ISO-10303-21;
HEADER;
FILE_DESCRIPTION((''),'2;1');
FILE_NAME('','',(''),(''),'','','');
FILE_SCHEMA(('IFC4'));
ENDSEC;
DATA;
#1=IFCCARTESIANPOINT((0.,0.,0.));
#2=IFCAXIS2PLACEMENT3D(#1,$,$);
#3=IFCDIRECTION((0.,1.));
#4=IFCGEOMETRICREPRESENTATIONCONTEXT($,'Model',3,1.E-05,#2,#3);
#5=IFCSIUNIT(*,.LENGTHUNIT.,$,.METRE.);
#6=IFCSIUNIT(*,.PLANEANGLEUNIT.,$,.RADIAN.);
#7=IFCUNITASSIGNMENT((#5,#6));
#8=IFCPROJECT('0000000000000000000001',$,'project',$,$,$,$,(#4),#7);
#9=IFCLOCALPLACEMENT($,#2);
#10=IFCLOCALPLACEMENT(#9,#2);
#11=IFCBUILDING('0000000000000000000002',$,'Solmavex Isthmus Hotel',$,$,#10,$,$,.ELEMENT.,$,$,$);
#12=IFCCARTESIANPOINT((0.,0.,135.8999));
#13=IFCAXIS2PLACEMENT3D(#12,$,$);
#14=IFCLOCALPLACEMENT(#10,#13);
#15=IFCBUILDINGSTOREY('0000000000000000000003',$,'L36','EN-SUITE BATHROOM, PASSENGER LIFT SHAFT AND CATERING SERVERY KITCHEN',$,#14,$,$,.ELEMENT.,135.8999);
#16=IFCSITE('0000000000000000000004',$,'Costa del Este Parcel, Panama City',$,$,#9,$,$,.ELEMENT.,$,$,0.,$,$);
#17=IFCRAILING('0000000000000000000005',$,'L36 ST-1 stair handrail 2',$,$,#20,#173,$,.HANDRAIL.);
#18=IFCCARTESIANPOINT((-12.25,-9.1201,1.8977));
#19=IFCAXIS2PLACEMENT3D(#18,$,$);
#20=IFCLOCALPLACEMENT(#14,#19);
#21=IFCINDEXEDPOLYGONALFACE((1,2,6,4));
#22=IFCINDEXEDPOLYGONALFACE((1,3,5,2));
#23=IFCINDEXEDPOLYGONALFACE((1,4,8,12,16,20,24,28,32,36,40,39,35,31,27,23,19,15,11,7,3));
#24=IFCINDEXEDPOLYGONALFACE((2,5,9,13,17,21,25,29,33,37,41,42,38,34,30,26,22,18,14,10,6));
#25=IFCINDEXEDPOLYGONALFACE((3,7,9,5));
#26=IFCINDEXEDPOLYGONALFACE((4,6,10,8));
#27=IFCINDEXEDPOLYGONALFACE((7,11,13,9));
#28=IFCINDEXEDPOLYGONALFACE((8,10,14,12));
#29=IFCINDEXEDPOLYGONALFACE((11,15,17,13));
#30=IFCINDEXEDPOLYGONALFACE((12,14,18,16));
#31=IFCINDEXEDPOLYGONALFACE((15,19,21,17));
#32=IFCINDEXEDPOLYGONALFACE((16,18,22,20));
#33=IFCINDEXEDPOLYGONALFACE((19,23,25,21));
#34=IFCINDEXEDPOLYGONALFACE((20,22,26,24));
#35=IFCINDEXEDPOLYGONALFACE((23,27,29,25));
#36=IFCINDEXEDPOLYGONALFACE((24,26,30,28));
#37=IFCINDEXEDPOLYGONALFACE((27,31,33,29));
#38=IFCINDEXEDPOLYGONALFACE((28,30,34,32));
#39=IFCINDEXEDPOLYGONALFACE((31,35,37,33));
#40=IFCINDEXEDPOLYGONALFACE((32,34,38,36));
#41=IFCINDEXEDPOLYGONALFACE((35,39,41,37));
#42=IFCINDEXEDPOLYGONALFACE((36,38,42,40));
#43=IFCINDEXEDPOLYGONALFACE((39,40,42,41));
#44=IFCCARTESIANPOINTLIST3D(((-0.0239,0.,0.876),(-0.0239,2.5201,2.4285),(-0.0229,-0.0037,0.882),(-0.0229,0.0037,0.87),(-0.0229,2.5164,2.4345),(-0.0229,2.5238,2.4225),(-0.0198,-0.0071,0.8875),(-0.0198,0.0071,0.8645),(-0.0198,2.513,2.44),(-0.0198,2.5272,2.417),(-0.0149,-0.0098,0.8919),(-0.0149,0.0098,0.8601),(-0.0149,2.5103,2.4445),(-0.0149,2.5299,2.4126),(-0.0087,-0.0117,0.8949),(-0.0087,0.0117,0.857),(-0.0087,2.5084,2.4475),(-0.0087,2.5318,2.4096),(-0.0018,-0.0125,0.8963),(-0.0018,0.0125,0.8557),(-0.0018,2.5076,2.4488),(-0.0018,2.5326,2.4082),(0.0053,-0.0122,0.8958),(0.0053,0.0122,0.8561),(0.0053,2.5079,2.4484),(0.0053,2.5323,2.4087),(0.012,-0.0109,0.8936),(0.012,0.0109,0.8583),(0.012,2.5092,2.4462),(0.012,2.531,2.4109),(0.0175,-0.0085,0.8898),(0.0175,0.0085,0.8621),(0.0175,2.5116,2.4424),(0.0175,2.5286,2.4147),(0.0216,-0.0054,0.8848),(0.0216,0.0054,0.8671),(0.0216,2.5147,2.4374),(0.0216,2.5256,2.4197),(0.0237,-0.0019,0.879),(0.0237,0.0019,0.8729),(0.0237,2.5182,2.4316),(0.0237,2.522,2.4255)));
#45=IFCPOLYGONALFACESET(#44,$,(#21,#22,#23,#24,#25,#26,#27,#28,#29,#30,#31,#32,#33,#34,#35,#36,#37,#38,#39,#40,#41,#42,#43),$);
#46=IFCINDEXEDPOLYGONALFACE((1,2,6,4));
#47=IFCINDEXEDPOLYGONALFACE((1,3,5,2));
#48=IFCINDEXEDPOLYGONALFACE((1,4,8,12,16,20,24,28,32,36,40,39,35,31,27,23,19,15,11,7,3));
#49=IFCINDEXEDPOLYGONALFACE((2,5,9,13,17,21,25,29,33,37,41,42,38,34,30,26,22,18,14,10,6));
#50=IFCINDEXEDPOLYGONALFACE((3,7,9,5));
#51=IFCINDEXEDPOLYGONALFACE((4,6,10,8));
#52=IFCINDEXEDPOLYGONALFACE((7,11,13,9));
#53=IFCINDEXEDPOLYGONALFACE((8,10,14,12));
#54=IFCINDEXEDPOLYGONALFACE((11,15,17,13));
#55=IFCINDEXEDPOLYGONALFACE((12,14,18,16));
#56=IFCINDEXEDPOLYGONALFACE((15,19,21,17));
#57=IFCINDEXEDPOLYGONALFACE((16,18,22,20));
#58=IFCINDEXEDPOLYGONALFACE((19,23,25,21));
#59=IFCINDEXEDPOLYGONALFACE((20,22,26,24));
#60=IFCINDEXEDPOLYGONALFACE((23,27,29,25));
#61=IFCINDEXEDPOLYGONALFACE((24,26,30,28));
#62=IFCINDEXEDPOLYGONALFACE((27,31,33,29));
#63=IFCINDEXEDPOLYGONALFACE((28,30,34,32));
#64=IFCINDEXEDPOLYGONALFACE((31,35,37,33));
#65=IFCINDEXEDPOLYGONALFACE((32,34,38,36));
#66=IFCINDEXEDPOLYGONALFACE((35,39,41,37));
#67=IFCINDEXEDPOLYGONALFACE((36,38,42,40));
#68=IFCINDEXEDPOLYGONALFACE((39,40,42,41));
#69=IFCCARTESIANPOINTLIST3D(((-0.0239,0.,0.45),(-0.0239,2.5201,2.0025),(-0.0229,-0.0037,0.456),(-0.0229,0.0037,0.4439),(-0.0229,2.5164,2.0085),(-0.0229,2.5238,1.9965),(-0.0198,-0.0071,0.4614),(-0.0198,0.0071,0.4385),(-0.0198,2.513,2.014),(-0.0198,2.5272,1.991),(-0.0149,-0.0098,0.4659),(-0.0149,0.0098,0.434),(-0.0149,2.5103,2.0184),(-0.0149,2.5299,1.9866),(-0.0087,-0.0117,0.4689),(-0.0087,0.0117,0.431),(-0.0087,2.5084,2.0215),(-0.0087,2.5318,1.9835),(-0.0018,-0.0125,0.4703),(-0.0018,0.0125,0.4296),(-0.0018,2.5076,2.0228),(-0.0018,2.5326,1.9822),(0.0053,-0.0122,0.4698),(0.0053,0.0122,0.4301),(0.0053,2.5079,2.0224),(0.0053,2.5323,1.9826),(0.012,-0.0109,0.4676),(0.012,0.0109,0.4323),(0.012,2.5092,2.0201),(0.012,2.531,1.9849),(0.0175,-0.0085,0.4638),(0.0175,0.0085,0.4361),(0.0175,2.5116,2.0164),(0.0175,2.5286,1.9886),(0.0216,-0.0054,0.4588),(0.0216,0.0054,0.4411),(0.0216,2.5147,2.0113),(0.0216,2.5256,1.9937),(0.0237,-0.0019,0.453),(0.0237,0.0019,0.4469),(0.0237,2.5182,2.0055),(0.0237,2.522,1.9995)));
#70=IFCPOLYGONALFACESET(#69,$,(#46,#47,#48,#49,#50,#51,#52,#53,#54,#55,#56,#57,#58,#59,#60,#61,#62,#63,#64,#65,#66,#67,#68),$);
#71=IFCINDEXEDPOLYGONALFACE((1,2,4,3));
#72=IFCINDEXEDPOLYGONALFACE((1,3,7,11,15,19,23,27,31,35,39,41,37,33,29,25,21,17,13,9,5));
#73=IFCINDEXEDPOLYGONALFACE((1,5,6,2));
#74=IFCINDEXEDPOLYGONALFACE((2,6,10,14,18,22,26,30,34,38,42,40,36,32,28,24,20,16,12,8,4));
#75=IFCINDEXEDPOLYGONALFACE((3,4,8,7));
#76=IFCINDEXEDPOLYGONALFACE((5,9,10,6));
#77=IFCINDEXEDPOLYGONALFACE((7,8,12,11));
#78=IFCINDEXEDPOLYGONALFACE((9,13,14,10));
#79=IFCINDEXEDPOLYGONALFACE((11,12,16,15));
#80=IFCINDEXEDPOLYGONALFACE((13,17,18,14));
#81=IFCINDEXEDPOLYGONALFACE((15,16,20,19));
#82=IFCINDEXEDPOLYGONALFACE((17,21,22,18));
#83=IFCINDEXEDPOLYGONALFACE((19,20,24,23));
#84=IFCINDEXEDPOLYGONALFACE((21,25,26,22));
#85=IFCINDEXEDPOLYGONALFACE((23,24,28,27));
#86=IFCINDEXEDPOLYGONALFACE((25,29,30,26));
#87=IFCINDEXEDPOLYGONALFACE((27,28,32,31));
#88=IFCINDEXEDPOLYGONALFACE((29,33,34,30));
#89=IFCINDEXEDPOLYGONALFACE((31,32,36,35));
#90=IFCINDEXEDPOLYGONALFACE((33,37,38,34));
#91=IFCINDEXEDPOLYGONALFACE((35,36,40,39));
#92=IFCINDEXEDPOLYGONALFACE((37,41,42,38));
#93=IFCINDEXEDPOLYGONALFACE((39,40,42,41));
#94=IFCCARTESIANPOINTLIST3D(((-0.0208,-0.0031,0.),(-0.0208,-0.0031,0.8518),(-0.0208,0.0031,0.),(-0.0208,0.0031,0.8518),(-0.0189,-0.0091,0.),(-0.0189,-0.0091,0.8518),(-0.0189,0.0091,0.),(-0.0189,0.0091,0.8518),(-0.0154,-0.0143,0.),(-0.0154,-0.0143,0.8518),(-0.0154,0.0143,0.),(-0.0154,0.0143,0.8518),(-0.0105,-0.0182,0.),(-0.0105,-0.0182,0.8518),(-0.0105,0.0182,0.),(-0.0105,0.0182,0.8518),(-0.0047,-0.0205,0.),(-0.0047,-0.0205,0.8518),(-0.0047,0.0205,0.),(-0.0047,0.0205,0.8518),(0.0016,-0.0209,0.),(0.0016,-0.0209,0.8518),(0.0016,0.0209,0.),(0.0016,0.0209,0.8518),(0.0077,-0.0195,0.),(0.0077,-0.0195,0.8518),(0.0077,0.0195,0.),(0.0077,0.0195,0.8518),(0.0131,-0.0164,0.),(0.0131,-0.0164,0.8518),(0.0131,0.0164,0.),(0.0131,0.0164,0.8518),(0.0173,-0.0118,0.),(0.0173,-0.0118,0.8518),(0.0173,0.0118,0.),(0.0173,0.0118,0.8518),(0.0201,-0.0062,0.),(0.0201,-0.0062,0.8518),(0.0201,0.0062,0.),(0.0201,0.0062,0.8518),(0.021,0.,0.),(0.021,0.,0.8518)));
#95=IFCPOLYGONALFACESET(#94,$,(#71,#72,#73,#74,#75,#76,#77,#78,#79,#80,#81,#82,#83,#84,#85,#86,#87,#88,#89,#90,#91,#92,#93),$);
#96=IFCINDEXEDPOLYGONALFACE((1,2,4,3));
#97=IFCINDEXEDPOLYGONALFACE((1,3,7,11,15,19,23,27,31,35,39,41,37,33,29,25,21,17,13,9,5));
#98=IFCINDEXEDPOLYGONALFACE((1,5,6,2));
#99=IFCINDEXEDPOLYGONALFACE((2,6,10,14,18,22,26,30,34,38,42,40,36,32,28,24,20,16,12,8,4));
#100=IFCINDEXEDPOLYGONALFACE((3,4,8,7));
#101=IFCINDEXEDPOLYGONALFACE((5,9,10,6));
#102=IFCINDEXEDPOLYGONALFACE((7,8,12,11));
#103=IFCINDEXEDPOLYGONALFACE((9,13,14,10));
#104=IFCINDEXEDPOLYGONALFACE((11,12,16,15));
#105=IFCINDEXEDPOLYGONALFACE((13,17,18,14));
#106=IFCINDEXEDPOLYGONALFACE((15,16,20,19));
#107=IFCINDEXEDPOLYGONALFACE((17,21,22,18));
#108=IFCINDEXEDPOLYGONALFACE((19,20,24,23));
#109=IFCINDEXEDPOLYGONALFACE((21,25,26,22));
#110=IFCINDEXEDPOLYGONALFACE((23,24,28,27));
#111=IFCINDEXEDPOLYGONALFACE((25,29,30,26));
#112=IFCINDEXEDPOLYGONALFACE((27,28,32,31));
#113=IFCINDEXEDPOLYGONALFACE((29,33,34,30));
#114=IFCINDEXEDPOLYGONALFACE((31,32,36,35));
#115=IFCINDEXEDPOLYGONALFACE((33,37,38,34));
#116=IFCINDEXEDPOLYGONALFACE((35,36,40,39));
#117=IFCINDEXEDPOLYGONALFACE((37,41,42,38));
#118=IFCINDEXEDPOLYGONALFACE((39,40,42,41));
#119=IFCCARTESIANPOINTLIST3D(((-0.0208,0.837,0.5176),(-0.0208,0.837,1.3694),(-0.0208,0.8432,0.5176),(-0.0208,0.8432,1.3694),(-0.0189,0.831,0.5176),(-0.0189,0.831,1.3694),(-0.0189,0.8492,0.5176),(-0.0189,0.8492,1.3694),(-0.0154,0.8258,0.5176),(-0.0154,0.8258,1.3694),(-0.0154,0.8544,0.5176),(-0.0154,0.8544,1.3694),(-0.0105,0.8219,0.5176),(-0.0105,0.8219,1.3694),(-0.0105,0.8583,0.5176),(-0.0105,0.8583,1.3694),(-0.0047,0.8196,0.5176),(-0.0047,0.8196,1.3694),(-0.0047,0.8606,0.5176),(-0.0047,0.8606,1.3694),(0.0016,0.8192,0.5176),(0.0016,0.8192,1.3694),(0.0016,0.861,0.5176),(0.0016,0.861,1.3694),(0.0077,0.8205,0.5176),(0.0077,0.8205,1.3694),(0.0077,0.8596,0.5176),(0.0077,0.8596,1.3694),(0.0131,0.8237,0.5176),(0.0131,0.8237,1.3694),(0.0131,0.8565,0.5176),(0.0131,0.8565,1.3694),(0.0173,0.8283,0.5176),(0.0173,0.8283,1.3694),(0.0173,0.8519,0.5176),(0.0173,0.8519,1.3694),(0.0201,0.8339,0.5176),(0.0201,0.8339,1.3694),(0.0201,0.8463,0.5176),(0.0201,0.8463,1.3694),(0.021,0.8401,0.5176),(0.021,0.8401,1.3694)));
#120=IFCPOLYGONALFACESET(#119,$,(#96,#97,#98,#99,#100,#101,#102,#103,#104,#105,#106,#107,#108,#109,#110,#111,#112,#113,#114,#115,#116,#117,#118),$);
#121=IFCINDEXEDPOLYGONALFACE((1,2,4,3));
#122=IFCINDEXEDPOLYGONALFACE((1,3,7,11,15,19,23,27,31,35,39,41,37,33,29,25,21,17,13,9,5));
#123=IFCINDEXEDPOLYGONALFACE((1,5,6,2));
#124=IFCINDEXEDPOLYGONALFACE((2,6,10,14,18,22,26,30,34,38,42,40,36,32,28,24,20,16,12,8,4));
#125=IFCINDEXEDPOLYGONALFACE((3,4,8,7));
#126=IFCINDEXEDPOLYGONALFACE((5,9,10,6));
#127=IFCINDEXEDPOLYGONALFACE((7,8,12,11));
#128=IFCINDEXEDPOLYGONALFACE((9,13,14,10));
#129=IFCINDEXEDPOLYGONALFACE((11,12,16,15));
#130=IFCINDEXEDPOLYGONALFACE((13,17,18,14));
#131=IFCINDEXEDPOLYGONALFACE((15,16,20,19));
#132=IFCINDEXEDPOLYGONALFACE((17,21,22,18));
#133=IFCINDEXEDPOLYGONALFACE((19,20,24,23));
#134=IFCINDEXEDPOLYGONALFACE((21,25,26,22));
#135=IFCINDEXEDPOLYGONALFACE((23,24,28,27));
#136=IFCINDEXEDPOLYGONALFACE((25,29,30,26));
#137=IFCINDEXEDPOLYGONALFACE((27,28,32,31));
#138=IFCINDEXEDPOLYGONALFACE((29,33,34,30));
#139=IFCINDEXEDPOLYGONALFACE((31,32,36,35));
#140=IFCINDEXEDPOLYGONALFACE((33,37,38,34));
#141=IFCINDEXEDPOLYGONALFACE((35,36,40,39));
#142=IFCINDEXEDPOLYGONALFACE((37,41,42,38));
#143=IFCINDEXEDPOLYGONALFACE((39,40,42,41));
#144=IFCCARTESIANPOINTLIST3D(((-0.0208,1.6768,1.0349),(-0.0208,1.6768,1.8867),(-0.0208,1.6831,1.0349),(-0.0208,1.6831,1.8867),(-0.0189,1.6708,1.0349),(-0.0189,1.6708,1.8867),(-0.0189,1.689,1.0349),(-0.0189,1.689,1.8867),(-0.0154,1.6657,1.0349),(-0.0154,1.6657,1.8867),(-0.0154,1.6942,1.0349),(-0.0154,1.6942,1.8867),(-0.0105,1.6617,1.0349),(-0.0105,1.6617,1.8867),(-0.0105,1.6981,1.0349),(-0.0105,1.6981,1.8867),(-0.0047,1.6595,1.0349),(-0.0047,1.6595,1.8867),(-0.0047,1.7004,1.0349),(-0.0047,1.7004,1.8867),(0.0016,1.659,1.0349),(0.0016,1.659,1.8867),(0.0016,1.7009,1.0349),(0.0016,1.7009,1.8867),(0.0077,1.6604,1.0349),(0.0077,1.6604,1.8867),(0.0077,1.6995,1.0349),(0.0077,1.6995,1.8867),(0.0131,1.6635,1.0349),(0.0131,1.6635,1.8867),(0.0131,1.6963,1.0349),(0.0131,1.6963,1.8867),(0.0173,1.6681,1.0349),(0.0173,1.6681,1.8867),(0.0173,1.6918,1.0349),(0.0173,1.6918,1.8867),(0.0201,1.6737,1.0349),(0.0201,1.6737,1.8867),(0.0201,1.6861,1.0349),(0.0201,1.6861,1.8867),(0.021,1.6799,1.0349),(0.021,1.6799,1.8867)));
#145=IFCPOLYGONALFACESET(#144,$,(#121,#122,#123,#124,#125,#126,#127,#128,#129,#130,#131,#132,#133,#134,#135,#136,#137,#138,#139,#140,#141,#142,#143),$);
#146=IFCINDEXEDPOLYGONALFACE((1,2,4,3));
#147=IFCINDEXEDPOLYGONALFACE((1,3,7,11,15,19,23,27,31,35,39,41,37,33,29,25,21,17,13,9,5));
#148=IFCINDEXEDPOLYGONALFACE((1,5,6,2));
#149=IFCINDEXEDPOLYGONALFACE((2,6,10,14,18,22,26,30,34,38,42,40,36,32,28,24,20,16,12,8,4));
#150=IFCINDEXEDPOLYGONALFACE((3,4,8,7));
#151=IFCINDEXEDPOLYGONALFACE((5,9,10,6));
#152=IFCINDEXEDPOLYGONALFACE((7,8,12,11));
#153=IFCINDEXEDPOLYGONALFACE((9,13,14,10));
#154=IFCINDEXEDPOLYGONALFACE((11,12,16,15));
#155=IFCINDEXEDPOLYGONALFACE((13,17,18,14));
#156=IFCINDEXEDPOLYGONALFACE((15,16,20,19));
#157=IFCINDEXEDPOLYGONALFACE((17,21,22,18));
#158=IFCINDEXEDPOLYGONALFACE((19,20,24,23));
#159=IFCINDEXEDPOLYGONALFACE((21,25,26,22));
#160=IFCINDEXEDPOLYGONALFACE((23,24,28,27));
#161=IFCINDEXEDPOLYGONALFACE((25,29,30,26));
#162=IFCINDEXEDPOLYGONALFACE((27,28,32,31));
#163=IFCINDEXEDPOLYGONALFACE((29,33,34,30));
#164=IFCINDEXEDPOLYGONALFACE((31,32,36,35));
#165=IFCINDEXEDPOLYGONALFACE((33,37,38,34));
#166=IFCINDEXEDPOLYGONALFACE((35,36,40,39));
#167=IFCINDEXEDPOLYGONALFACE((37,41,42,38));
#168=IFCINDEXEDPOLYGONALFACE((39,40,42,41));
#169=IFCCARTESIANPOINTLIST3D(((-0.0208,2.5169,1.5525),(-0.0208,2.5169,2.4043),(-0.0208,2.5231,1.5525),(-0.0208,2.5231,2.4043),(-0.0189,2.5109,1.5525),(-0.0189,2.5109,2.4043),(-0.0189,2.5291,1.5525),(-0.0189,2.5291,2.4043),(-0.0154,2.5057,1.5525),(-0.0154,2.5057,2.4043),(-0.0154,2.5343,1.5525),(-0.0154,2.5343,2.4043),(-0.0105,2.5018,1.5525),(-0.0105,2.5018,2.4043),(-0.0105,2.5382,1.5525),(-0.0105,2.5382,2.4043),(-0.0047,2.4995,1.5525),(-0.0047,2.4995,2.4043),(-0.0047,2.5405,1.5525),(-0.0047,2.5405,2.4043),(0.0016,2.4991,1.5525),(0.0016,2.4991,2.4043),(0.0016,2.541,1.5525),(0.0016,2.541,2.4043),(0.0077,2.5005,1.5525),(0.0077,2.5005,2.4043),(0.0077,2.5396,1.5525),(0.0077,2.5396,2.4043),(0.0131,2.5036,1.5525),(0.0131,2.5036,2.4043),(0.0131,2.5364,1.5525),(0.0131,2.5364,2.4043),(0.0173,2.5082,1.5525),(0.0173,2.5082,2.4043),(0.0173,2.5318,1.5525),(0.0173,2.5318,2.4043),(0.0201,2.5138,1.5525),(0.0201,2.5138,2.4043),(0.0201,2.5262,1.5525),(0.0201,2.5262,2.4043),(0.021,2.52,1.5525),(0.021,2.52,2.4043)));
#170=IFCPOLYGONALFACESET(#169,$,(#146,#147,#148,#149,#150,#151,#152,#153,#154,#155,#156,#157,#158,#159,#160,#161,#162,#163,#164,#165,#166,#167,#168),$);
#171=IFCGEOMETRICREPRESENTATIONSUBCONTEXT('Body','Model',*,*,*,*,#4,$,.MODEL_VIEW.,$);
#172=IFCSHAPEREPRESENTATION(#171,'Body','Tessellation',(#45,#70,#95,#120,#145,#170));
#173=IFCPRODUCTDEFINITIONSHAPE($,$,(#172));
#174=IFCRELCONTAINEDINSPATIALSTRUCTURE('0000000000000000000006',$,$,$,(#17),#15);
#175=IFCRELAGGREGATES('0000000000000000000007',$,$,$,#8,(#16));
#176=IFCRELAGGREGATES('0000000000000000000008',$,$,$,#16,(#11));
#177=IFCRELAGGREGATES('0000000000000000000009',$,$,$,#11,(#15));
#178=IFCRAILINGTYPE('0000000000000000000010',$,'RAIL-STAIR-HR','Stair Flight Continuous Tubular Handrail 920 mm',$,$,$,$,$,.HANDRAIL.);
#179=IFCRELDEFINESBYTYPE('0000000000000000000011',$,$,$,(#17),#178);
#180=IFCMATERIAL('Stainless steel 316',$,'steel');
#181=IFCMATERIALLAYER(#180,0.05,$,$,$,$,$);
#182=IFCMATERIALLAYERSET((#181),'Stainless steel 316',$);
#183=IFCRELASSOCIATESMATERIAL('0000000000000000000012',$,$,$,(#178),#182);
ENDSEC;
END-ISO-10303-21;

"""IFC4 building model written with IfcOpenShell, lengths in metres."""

from ifc_helpers import new_model, si_unit, direction, frame, origin, origin_2d, place, context, subcontext, project, spatial, circle, extrude, material, layer, layer_set, type_object, element, save


model = new_model("IFC4")

# Units and contexts
model_context = context("Model", 3, precision=1e-05, world=origin(), true_north=direction((0.0, 1.0)))
body_context = subcontext(model_context, "Body", "Model", "MODEL_VIEW")
ifc_project = project(units=[si_unit("LENGTHUNIT", "METRE"), si_unit("PLANEANGLEUNIT", "RADIAN")], contexts=[model_context])

# Site, building, storey
site_placement = place(None, origin())
site = spatial("IfcSite", under=ifc_project, at=site_placement, Name="Costa del Este Parcel, Panama City", CompositionType="ELEMENT", RefElevation=0.0)
building_placement = place(site_placement, origin())
building = spatial("IfcBuilding", under=site, at=building_placement, Name="Solmavex Isthmus Hotel", CompositionType="ELEMENT")
storey_placement = place(building_placement, frame((0.0, 0.0, 135.8999)))
storey = spatial("IfcBuildingStorey", under=building, at=storey_placement, Name="L36", Description="EN-SUITE BATHROOM, PASSENGER LIFT SHAFT AND CATERING SERVERY KITCHEN", CompositionType="ELEMENT", Elevation=135.8999)

# Shared definitions
ifc_material_1 = material(Name="Stainless steel 316", Category="steel")

# Railing
ifc_layer_1 = layer(ifc_material_1, 0.05)
ifc_layer_set_1 = layer_set([ifc_layer_1], Name="Stainless steel 316")
railing_type = type_object("IfcRailingType", Name="RAIL-STAIR-HR", Description="Stair Flight Continuous Tubular Handrail 920 mm", PredefinedType="HANDRAIL", material=ifc_layer_set_1)
railing_placement = place(storey_placement, frame((-12.25, -9.1201, 1.8977)))
element("IfcRailing", 1, at=railing_placement, inside=storey, type_object=railing_type, Name="L36 ST-1 stair handrail 2", PredefinedType="HANDRAIL", context=body_context, shape_type="SweptSolid", body=[
    extrude(circle(Radius=0.0239, at=origin_2d()), frame((0.0, 0.0, 0.876), z_axis=(0.0, 0.8514, 0.524516), x_axis=(-1.0, 0.0, 0.0)), (0.0, 0.0, 1.0), 2.96),
    extrude(circle(Radius=0.0239, at=origin_2d()), frame((0.0, 0.0, 0.45), z_axis=(0.0, 0.8514, 0.524516), x_axis=(-1.0, 0.0, 0.0)), (0.0, 0.0, 1.0), 2.96),
    extrude(circle(Radius=0.021, at=origin_2d()), origin(), (0.0, 0.0, 1.0), 0.8518),
    extrude(circle(Radius=0.021, at=origin_2d()), frame((0.0, 0.8401, 0.5176)), (0.0, 0.0, 1.0), 0.8518),
    extrude(circle(Radius=0.021, at=origin_2d()), frame((0.0, 1.6799, 1.0349)), (0.0, 0.0, 1.0), 0.8518),
    extrude(circle(Radius=0.021, at=origin_2d()), frame((0.0, 2.52, 1.5525)), (0.0, 0.0, 1.0), 0.8518),
])

save(model, "model.ifc")
